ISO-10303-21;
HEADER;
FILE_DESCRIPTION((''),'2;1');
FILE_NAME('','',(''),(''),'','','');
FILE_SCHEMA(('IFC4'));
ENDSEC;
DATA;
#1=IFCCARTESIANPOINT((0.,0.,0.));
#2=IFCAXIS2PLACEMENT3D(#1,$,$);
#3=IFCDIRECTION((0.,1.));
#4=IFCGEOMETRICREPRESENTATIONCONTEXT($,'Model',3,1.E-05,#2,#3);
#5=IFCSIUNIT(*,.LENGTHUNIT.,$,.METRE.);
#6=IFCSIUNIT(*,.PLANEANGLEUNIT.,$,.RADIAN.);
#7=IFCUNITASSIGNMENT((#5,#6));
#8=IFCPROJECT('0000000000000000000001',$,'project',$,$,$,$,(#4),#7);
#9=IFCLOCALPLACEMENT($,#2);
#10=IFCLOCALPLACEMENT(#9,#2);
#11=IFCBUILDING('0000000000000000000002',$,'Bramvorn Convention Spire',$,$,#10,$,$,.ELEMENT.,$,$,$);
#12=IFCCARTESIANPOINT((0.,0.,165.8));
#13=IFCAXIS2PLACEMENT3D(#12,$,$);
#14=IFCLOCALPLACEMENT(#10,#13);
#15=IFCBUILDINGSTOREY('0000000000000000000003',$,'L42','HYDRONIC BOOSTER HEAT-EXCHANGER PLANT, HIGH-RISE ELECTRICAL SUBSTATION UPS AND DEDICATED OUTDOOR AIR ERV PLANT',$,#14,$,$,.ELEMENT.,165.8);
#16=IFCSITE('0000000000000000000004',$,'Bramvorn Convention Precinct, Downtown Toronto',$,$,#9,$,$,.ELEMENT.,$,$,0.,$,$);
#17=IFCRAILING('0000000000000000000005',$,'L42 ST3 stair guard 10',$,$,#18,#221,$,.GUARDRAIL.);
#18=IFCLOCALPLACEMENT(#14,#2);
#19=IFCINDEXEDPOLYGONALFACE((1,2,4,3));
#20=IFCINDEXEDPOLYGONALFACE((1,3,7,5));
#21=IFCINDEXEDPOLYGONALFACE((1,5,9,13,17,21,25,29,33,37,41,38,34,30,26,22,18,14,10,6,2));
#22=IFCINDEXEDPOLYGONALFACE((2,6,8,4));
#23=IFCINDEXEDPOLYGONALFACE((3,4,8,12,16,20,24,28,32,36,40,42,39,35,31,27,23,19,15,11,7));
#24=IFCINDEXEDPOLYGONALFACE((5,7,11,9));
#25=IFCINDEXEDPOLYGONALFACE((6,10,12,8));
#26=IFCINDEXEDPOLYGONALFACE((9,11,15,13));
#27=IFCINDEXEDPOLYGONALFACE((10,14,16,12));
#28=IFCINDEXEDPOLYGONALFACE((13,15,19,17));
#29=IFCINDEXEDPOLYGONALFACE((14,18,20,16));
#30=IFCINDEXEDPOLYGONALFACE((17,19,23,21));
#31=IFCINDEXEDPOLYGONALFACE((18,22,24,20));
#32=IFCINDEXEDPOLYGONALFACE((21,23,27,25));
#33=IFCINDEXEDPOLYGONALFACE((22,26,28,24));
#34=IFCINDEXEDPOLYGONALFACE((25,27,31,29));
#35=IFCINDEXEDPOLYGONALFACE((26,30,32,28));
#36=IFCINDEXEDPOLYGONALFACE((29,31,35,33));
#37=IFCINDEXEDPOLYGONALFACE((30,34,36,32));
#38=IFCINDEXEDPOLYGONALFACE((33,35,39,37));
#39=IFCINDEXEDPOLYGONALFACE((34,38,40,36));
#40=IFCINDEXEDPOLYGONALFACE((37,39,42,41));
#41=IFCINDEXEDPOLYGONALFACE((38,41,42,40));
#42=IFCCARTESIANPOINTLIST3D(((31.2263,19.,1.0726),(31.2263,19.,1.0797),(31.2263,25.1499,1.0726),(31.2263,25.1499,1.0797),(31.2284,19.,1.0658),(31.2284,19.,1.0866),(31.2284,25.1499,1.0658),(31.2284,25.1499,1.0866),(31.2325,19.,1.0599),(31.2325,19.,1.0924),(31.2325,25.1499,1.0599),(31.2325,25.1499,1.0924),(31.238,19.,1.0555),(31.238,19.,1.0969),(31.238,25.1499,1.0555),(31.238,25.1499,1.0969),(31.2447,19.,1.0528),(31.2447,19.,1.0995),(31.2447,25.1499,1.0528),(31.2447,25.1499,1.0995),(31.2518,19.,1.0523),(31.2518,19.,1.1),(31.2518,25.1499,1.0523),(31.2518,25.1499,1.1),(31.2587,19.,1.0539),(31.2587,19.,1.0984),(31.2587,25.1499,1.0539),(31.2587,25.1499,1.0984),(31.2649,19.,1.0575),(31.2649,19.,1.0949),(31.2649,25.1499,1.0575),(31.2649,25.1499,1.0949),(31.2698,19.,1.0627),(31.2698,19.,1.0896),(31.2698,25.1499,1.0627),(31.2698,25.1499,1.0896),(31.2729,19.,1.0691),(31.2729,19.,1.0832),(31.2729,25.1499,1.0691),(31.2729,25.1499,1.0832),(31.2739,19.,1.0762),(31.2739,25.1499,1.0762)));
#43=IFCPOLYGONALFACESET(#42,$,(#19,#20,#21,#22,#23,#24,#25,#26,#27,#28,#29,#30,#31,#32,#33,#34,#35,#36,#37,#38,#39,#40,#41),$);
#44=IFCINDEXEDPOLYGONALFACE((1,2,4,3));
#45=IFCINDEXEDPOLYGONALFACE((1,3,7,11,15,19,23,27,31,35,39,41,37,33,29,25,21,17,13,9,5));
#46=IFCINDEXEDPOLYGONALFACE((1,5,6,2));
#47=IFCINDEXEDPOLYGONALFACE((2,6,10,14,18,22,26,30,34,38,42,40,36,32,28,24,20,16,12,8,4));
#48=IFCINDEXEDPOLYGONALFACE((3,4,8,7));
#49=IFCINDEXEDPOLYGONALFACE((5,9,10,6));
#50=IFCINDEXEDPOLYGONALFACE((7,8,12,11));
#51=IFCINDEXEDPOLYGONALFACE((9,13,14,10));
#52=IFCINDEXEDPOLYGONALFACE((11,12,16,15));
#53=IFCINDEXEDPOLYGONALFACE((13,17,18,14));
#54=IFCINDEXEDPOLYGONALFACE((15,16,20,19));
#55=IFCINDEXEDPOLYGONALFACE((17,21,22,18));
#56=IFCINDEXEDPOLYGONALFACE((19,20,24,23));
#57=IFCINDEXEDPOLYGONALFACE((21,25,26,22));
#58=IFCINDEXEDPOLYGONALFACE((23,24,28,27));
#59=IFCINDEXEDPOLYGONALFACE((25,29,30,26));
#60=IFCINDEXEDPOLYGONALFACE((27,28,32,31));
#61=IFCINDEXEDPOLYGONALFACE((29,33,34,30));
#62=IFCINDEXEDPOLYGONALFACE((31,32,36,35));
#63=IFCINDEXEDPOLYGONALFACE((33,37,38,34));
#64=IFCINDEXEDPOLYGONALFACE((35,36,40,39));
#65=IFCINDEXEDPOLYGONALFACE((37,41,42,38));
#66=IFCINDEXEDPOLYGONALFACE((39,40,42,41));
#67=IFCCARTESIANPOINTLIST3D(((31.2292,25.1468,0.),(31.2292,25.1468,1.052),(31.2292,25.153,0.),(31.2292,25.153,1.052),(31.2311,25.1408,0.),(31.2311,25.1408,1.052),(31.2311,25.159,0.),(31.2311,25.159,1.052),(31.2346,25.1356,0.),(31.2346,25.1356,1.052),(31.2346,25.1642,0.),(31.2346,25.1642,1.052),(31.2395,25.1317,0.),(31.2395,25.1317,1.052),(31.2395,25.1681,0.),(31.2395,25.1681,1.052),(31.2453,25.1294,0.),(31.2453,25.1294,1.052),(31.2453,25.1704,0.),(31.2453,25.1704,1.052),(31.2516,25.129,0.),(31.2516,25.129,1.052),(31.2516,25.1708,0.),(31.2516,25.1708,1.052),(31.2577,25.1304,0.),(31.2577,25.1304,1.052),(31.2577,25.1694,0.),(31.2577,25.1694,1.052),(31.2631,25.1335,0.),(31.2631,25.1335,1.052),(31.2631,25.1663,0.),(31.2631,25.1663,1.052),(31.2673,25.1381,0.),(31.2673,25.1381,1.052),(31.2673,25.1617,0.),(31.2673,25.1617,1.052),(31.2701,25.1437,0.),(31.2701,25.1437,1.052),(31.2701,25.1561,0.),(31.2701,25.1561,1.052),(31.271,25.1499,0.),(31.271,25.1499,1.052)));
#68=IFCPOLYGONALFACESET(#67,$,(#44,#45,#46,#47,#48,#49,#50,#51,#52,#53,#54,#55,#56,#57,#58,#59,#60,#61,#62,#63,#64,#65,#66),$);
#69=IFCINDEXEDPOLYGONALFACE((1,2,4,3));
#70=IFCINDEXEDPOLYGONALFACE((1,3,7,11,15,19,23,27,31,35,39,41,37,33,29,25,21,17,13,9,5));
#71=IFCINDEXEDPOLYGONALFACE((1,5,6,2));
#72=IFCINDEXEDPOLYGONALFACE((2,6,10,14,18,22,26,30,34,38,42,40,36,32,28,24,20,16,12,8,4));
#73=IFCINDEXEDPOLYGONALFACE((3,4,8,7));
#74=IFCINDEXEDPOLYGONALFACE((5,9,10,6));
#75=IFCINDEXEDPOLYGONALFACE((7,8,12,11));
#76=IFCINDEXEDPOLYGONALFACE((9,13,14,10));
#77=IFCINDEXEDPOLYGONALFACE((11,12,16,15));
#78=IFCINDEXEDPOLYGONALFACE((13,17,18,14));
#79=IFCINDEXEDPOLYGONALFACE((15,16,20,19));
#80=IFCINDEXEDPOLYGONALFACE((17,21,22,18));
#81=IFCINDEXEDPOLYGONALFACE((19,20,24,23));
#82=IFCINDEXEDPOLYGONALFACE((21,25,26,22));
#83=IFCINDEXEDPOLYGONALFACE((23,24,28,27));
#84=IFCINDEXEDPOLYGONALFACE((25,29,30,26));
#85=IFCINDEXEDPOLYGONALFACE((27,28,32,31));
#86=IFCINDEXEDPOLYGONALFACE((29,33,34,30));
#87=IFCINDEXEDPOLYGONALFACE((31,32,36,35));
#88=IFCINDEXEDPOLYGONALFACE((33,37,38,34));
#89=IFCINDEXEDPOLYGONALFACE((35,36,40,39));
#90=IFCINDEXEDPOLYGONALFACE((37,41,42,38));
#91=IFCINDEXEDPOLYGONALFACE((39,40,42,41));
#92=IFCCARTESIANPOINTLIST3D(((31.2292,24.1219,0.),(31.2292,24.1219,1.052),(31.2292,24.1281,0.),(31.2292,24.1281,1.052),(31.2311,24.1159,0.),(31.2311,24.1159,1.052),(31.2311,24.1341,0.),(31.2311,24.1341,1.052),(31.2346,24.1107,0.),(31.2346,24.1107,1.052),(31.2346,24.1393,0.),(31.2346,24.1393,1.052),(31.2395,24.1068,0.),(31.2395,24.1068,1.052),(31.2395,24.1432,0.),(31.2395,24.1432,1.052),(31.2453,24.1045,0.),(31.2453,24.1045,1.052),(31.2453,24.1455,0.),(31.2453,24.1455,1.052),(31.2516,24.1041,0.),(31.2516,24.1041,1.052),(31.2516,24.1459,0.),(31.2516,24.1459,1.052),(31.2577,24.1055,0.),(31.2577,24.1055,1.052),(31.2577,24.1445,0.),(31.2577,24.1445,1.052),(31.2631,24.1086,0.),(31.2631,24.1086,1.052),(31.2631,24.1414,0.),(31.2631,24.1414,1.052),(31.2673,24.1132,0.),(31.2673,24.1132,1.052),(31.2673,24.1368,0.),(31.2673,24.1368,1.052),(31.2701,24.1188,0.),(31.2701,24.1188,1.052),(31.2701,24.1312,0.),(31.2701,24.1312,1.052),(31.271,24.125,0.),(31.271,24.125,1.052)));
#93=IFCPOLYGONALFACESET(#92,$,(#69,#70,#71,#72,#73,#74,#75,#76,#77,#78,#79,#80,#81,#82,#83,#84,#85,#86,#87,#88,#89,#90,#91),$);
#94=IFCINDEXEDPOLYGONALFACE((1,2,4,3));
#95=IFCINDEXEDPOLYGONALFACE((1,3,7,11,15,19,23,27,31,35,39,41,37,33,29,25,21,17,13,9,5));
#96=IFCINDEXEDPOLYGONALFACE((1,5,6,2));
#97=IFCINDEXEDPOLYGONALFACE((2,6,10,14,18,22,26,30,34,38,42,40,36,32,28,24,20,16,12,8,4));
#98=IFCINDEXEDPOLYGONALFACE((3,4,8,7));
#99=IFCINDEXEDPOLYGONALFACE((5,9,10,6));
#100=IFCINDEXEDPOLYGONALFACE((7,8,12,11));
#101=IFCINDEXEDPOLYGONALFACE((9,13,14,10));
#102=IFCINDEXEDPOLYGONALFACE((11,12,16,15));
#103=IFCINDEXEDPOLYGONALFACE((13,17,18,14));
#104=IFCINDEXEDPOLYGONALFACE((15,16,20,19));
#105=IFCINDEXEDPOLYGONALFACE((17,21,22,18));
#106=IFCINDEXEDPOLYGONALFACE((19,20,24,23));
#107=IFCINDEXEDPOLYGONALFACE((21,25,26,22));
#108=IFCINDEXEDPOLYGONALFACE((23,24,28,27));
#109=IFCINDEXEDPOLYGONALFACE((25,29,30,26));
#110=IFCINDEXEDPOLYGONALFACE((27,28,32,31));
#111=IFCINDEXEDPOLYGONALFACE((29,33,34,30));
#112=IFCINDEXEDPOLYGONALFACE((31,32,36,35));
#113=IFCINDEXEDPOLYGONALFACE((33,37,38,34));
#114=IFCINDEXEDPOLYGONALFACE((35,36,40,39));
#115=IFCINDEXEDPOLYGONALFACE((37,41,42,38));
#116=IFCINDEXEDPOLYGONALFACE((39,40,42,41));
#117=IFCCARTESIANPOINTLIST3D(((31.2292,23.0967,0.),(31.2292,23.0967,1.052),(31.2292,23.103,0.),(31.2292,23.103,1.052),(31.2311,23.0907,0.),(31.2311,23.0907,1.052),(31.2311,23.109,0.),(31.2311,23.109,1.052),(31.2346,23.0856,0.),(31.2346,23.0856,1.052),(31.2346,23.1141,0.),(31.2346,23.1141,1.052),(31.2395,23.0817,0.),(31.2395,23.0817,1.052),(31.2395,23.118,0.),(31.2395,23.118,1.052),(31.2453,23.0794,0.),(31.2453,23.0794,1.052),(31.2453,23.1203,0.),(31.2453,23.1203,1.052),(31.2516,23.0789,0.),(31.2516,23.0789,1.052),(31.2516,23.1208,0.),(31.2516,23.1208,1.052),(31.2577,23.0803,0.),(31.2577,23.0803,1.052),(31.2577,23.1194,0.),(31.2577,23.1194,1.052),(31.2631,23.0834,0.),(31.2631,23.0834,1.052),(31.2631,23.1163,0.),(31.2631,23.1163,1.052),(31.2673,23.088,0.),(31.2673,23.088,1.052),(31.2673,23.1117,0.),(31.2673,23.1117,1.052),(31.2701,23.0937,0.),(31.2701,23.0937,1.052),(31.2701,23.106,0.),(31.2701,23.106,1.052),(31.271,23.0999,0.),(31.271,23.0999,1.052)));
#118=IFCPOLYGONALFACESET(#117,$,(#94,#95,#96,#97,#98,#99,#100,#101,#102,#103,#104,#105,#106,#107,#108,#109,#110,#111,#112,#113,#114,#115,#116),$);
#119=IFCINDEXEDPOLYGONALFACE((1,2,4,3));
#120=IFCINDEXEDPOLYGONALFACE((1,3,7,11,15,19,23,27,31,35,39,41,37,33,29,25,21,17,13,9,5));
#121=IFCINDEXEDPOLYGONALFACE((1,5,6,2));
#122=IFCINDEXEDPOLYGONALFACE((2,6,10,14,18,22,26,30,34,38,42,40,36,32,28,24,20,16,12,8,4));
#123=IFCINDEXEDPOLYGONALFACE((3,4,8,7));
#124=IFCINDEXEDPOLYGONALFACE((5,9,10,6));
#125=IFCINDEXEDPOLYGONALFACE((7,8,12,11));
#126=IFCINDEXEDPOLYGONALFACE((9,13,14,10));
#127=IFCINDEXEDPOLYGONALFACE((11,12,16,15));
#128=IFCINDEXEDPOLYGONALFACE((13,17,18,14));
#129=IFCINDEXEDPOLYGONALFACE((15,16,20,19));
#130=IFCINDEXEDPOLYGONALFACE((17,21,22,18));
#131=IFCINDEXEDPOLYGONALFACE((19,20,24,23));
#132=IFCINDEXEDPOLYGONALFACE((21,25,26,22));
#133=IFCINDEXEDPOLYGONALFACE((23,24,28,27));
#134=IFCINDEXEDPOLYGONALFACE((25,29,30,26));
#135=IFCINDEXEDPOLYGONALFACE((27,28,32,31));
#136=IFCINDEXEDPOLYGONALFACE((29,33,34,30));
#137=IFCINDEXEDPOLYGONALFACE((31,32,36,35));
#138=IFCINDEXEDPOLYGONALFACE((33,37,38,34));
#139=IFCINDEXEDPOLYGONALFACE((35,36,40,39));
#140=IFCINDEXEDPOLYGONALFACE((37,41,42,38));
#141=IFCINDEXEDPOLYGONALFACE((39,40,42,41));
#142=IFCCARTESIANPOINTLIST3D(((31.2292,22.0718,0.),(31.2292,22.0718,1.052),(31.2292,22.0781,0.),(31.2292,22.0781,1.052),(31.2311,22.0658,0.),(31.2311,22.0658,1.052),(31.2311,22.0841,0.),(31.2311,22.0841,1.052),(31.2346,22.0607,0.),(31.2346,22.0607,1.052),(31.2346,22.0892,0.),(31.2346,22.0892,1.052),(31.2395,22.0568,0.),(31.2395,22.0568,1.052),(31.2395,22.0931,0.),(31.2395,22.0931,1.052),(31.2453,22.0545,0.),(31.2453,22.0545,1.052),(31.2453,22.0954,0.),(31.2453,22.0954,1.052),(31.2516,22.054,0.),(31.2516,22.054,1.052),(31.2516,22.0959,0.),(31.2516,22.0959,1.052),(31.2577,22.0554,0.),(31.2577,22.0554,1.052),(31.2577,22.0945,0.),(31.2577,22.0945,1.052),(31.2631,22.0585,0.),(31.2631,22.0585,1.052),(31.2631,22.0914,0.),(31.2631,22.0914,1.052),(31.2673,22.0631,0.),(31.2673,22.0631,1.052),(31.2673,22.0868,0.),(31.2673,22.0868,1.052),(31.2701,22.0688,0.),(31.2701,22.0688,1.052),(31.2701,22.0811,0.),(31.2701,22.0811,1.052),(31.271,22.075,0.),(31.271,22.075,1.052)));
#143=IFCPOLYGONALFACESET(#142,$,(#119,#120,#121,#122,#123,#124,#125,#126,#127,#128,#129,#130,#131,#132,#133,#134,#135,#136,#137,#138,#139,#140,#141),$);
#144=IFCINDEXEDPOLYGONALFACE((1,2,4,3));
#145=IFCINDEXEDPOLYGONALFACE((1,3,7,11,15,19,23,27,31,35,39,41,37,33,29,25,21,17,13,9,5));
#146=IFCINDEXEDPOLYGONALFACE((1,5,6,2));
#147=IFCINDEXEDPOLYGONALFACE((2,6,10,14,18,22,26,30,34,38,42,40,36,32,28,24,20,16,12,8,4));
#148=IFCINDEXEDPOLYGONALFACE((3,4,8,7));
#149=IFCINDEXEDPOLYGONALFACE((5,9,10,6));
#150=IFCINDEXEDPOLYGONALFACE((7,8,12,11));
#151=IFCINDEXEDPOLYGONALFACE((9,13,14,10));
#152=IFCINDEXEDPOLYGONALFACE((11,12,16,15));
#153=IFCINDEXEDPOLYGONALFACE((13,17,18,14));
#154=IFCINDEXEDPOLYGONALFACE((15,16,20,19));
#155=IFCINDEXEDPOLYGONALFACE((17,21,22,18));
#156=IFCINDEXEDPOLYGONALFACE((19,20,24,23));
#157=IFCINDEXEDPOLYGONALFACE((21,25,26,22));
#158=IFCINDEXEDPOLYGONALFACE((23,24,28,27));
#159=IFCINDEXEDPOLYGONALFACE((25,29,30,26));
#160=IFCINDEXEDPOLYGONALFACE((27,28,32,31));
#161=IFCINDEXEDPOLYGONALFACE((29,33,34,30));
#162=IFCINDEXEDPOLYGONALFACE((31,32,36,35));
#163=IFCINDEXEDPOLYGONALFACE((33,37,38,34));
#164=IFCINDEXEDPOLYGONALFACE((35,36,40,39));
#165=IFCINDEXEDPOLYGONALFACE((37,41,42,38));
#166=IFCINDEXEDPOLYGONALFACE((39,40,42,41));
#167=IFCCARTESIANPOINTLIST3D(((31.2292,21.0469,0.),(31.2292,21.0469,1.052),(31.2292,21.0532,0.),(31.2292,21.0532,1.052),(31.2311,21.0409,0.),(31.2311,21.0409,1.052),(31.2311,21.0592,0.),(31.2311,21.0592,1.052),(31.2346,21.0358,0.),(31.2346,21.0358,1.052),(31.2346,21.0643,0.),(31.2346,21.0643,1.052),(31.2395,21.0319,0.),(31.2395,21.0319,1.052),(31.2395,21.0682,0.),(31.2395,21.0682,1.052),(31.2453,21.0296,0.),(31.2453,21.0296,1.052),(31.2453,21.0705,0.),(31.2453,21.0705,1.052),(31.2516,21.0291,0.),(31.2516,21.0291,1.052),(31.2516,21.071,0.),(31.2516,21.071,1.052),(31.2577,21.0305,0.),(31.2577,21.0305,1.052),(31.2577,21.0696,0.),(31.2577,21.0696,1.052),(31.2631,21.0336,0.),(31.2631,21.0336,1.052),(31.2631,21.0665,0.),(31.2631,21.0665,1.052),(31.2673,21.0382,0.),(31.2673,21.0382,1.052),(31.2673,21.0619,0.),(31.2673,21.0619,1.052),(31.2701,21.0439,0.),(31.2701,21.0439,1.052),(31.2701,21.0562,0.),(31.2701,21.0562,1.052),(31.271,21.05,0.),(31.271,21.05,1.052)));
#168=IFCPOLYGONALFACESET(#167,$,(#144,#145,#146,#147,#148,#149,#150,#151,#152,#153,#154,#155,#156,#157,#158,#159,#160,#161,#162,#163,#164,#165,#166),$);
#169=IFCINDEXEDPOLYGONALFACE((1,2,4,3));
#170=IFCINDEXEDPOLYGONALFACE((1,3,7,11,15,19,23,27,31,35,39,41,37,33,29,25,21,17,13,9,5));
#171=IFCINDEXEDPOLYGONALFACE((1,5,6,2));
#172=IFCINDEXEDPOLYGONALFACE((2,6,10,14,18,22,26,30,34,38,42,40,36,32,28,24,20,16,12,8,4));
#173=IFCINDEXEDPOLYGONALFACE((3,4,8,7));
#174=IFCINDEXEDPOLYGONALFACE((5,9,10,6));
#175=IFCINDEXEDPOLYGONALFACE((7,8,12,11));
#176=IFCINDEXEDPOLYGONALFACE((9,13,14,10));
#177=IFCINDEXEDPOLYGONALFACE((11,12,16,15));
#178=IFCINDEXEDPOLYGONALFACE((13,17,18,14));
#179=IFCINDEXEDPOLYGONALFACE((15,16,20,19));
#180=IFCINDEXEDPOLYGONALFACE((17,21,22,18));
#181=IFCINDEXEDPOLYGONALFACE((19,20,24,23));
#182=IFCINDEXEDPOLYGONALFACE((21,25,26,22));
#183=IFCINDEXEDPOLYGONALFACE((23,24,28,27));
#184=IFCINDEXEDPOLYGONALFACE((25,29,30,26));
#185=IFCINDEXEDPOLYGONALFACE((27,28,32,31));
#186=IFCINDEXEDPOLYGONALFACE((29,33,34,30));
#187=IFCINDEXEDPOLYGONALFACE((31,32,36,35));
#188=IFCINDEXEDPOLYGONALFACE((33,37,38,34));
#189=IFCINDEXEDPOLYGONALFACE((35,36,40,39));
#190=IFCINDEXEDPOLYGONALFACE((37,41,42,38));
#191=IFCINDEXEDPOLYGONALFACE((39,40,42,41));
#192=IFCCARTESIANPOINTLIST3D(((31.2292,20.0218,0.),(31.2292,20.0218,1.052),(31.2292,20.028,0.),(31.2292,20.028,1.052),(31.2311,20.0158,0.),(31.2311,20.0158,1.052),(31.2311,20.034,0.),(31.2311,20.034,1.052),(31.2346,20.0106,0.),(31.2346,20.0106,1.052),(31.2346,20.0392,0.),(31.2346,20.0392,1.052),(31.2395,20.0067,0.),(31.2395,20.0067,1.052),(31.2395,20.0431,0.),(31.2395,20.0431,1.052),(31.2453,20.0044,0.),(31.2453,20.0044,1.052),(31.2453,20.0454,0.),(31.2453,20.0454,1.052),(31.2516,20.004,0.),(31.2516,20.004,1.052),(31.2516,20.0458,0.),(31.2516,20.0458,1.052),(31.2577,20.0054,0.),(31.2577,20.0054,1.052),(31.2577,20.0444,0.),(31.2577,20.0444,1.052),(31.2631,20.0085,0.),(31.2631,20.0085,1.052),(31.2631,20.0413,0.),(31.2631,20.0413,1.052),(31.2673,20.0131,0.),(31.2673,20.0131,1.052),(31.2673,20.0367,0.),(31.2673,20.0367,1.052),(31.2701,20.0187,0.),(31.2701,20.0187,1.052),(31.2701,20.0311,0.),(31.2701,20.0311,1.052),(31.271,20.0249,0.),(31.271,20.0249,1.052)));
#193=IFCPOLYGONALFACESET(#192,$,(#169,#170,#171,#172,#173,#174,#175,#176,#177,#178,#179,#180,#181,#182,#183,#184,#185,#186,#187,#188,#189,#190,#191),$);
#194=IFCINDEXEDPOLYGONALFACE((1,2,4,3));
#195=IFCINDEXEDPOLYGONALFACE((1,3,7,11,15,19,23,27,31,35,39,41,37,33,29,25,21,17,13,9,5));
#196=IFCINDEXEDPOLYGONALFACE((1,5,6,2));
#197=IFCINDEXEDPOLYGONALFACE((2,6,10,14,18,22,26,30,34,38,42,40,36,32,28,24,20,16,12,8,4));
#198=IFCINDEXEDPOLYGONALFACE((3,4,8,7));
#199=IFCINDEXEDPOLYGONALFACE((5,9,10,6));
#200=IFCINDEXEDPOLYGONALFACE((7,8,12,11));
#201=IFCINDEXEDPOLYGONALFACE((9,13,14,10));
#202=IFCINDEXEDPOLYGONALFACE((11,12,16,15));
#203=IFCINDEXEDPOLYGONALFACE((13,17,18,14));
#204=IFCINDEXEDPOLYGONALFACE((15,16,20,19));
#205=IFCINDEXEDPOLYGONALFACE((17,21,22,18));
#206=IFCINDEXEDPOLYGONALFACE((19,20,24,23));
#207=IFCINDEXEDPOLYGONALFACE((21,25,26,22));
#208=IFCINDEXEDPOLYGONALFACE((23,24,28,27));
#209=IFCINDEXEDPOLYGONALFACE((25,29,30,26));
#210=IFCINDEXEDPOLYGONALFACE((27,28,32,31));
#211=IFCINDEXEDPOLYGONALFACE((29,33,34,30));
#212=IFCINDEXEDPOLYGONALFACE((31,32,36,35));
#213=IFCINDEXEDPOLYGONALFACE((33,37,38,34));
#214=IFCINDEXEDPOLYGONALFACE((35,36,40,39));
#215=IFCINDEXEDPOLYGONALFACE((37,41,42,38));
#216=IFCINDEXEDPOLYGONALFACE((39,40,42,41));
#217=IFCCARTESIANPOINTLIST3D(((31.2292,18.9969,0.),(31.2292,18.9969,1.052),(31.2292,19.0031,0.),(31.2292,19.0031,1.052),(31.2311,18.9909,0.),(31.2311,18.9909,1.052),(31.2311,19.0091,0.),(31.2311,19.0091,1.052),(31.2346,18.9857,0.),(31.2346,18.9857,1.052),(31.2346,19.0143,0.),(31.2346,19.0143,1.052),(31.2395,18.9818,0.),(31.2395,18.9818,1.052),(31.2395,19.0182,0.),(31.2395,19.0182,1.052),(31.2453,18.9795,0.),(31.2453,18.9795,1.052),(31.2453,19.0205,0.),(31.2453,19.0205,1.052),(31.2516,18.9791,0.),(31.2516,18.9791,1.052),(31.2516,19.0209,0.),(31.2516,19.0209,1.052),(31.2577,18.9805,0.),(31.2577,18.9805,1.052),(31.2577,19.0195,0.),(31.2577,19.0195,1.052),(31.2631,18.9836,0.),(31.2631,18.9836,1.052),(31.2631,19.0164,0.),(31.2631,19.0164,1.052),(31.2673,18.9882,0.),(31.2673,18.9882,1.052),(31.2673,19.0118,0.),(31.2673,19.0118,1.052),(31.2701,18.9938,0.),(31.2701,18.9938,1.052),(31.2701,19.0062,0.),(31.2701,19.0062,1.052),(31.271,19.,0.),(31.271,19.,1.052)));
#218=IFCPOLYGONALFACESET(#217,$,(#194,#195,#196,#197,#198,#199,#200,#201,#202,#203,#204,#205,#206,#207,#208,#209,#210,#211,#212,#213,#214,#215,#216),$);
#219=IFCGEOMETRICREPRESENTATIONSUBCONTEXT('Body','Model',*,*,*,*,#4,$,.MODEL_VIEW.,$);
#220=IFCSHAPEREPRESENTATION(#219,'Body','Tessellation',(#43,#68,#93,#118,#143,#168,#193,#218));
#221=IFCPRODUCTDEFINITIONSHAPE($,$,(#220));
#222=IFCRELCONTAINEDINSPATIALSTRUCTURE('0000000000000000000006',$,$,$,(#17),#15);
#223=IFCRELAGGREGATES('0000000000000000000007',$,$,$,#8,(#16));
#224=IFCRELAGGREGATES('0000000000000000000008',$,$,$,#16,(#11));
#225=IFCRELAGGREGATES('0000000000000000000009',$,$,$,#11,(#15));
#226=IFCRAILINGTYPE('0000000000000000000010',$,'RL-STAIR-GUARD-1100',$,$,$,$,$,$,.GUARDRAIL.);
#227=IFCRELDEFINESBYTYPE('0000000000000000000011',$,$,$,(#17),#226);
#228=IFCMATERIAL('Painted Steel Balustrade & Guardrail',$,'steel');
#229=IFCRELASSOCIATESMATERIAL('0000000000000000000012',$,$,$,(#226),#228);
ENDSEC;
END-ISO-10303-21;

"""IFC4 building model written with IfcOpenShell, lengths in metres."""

from ifc_helpers import new_model, si_unit, direction, frame, origin, origin_2d, place, context, subcontext, project, spatial, circle, extrude, material, type_object, element, save


model = new_model("IFC4")

# Units and contexts
model_context = context("Model", 3, precision=1e-05, world=origin(), true_north=direction((0.0, 1.0)))
body_context = subcontext(model_context, "Body", "Model", "MODEL_VIEW")
ifc_project = project(units=[si_unit("LENGTHUNIT", "METRE"), si_unit("PLANEANGLEUNIT", "RADIAN")], contexts=[model_context])

# Site, building, storey
site_placement = place(None, origin())
site = spatial("IfcSite", under=ifc_project, at=site_placement, Name="Bramvorn Convention Precinct, Downtown Toronto", CompositionType="ELEMENT", RefElevation=0.0)
building_placement = place(site_placement, origin())
building = spatial("IfcBuilding", under=site, at=building_placement, Name="Bramvorn Convention Spire", CompositionType="ELEMENT")
storey_placement = place(building_placement, frame((0.0, 0.0, 165.8)))
storey = spatial("IfcBuildingStorey", under=building, at=storey_placement, Name="L42", Description="HYDRONIC BOOSTER HEAT-EXCHANGER PLANT, HIGH-RISE ELECTRICAL SUBSTATION UPS AND DEDICATED OUTDOOR AIR ERV PLANT", CompositionType="ELEMENT", Elevation=165.8)

# Railing
ifc_material_1 = material(Name="Painted Steel Balustrade & Guardrail", Category="steel")
railing_type = type_object("IfcRailingType", Name="RL-STAIR-GUARD-1100", PredefinedType="GUARDRAIL", material=ifc_material_1)
railing_1_placement = place(storey_placement, frame((31.25, 25.1499, 0.0)))
element("IfcRailing", 1, at=railing_1_placement, inside=storey, type_object=railing_type, Name="L42 ST3 stair guard 10", PredefinedType="GUARDRAIL", context=body_context, shape_type="SweptSolid", body=[
    extrude(circle(Radius=0.0239, at=origin_2d()), frame((0.0, 0.0, 1.0762), z_axis=(0.0, -1.0, 0.0), x_axis=(1.0, 0.0, 0.0)), (0.0, 0.0, 1.0), 6.1499),
    extrude(circle(Radius=0.021, at=origin_2d()), origin(), (0.0, 0.0, 1.0), 1.052),
    extrude(circle(Radius=0.021, at=origin_2d()), frame((0.0, -1.0249, 0.0)), (0.0, 0.0, 1.0), 1.052),
    extrude(circle(Radius=0.021, at=origin_2d()), frame((0.0, -2.05, 0.0)), (0.0, 0.0, 1.0), 1.052),
    extrude(circle(Radius=0.021, at=origin_2d()), frame((0.0, -3.075, 0.0)), (0.0, 0.0, 1.0), 1.052),
    extrude(circle(Radius=0.021, at=origin_2d()), frame((0.0, -4.0999, 0.0)), (0.0, 0.0, 1.0), 1.052),
    extrude(circle(Radius=0.021, at=origin_2d()), frame((0.0, -5.125, 0.0)), (0.0, 0.0, 1.0), 1.052),
    extrude(circle(Radius=0.021, at=origin_2d()), frame((0.0, -6.1499, 0.0)), (0.0, 0.0, 1.0), 1.052),
])

save(model, "model.ifc")
